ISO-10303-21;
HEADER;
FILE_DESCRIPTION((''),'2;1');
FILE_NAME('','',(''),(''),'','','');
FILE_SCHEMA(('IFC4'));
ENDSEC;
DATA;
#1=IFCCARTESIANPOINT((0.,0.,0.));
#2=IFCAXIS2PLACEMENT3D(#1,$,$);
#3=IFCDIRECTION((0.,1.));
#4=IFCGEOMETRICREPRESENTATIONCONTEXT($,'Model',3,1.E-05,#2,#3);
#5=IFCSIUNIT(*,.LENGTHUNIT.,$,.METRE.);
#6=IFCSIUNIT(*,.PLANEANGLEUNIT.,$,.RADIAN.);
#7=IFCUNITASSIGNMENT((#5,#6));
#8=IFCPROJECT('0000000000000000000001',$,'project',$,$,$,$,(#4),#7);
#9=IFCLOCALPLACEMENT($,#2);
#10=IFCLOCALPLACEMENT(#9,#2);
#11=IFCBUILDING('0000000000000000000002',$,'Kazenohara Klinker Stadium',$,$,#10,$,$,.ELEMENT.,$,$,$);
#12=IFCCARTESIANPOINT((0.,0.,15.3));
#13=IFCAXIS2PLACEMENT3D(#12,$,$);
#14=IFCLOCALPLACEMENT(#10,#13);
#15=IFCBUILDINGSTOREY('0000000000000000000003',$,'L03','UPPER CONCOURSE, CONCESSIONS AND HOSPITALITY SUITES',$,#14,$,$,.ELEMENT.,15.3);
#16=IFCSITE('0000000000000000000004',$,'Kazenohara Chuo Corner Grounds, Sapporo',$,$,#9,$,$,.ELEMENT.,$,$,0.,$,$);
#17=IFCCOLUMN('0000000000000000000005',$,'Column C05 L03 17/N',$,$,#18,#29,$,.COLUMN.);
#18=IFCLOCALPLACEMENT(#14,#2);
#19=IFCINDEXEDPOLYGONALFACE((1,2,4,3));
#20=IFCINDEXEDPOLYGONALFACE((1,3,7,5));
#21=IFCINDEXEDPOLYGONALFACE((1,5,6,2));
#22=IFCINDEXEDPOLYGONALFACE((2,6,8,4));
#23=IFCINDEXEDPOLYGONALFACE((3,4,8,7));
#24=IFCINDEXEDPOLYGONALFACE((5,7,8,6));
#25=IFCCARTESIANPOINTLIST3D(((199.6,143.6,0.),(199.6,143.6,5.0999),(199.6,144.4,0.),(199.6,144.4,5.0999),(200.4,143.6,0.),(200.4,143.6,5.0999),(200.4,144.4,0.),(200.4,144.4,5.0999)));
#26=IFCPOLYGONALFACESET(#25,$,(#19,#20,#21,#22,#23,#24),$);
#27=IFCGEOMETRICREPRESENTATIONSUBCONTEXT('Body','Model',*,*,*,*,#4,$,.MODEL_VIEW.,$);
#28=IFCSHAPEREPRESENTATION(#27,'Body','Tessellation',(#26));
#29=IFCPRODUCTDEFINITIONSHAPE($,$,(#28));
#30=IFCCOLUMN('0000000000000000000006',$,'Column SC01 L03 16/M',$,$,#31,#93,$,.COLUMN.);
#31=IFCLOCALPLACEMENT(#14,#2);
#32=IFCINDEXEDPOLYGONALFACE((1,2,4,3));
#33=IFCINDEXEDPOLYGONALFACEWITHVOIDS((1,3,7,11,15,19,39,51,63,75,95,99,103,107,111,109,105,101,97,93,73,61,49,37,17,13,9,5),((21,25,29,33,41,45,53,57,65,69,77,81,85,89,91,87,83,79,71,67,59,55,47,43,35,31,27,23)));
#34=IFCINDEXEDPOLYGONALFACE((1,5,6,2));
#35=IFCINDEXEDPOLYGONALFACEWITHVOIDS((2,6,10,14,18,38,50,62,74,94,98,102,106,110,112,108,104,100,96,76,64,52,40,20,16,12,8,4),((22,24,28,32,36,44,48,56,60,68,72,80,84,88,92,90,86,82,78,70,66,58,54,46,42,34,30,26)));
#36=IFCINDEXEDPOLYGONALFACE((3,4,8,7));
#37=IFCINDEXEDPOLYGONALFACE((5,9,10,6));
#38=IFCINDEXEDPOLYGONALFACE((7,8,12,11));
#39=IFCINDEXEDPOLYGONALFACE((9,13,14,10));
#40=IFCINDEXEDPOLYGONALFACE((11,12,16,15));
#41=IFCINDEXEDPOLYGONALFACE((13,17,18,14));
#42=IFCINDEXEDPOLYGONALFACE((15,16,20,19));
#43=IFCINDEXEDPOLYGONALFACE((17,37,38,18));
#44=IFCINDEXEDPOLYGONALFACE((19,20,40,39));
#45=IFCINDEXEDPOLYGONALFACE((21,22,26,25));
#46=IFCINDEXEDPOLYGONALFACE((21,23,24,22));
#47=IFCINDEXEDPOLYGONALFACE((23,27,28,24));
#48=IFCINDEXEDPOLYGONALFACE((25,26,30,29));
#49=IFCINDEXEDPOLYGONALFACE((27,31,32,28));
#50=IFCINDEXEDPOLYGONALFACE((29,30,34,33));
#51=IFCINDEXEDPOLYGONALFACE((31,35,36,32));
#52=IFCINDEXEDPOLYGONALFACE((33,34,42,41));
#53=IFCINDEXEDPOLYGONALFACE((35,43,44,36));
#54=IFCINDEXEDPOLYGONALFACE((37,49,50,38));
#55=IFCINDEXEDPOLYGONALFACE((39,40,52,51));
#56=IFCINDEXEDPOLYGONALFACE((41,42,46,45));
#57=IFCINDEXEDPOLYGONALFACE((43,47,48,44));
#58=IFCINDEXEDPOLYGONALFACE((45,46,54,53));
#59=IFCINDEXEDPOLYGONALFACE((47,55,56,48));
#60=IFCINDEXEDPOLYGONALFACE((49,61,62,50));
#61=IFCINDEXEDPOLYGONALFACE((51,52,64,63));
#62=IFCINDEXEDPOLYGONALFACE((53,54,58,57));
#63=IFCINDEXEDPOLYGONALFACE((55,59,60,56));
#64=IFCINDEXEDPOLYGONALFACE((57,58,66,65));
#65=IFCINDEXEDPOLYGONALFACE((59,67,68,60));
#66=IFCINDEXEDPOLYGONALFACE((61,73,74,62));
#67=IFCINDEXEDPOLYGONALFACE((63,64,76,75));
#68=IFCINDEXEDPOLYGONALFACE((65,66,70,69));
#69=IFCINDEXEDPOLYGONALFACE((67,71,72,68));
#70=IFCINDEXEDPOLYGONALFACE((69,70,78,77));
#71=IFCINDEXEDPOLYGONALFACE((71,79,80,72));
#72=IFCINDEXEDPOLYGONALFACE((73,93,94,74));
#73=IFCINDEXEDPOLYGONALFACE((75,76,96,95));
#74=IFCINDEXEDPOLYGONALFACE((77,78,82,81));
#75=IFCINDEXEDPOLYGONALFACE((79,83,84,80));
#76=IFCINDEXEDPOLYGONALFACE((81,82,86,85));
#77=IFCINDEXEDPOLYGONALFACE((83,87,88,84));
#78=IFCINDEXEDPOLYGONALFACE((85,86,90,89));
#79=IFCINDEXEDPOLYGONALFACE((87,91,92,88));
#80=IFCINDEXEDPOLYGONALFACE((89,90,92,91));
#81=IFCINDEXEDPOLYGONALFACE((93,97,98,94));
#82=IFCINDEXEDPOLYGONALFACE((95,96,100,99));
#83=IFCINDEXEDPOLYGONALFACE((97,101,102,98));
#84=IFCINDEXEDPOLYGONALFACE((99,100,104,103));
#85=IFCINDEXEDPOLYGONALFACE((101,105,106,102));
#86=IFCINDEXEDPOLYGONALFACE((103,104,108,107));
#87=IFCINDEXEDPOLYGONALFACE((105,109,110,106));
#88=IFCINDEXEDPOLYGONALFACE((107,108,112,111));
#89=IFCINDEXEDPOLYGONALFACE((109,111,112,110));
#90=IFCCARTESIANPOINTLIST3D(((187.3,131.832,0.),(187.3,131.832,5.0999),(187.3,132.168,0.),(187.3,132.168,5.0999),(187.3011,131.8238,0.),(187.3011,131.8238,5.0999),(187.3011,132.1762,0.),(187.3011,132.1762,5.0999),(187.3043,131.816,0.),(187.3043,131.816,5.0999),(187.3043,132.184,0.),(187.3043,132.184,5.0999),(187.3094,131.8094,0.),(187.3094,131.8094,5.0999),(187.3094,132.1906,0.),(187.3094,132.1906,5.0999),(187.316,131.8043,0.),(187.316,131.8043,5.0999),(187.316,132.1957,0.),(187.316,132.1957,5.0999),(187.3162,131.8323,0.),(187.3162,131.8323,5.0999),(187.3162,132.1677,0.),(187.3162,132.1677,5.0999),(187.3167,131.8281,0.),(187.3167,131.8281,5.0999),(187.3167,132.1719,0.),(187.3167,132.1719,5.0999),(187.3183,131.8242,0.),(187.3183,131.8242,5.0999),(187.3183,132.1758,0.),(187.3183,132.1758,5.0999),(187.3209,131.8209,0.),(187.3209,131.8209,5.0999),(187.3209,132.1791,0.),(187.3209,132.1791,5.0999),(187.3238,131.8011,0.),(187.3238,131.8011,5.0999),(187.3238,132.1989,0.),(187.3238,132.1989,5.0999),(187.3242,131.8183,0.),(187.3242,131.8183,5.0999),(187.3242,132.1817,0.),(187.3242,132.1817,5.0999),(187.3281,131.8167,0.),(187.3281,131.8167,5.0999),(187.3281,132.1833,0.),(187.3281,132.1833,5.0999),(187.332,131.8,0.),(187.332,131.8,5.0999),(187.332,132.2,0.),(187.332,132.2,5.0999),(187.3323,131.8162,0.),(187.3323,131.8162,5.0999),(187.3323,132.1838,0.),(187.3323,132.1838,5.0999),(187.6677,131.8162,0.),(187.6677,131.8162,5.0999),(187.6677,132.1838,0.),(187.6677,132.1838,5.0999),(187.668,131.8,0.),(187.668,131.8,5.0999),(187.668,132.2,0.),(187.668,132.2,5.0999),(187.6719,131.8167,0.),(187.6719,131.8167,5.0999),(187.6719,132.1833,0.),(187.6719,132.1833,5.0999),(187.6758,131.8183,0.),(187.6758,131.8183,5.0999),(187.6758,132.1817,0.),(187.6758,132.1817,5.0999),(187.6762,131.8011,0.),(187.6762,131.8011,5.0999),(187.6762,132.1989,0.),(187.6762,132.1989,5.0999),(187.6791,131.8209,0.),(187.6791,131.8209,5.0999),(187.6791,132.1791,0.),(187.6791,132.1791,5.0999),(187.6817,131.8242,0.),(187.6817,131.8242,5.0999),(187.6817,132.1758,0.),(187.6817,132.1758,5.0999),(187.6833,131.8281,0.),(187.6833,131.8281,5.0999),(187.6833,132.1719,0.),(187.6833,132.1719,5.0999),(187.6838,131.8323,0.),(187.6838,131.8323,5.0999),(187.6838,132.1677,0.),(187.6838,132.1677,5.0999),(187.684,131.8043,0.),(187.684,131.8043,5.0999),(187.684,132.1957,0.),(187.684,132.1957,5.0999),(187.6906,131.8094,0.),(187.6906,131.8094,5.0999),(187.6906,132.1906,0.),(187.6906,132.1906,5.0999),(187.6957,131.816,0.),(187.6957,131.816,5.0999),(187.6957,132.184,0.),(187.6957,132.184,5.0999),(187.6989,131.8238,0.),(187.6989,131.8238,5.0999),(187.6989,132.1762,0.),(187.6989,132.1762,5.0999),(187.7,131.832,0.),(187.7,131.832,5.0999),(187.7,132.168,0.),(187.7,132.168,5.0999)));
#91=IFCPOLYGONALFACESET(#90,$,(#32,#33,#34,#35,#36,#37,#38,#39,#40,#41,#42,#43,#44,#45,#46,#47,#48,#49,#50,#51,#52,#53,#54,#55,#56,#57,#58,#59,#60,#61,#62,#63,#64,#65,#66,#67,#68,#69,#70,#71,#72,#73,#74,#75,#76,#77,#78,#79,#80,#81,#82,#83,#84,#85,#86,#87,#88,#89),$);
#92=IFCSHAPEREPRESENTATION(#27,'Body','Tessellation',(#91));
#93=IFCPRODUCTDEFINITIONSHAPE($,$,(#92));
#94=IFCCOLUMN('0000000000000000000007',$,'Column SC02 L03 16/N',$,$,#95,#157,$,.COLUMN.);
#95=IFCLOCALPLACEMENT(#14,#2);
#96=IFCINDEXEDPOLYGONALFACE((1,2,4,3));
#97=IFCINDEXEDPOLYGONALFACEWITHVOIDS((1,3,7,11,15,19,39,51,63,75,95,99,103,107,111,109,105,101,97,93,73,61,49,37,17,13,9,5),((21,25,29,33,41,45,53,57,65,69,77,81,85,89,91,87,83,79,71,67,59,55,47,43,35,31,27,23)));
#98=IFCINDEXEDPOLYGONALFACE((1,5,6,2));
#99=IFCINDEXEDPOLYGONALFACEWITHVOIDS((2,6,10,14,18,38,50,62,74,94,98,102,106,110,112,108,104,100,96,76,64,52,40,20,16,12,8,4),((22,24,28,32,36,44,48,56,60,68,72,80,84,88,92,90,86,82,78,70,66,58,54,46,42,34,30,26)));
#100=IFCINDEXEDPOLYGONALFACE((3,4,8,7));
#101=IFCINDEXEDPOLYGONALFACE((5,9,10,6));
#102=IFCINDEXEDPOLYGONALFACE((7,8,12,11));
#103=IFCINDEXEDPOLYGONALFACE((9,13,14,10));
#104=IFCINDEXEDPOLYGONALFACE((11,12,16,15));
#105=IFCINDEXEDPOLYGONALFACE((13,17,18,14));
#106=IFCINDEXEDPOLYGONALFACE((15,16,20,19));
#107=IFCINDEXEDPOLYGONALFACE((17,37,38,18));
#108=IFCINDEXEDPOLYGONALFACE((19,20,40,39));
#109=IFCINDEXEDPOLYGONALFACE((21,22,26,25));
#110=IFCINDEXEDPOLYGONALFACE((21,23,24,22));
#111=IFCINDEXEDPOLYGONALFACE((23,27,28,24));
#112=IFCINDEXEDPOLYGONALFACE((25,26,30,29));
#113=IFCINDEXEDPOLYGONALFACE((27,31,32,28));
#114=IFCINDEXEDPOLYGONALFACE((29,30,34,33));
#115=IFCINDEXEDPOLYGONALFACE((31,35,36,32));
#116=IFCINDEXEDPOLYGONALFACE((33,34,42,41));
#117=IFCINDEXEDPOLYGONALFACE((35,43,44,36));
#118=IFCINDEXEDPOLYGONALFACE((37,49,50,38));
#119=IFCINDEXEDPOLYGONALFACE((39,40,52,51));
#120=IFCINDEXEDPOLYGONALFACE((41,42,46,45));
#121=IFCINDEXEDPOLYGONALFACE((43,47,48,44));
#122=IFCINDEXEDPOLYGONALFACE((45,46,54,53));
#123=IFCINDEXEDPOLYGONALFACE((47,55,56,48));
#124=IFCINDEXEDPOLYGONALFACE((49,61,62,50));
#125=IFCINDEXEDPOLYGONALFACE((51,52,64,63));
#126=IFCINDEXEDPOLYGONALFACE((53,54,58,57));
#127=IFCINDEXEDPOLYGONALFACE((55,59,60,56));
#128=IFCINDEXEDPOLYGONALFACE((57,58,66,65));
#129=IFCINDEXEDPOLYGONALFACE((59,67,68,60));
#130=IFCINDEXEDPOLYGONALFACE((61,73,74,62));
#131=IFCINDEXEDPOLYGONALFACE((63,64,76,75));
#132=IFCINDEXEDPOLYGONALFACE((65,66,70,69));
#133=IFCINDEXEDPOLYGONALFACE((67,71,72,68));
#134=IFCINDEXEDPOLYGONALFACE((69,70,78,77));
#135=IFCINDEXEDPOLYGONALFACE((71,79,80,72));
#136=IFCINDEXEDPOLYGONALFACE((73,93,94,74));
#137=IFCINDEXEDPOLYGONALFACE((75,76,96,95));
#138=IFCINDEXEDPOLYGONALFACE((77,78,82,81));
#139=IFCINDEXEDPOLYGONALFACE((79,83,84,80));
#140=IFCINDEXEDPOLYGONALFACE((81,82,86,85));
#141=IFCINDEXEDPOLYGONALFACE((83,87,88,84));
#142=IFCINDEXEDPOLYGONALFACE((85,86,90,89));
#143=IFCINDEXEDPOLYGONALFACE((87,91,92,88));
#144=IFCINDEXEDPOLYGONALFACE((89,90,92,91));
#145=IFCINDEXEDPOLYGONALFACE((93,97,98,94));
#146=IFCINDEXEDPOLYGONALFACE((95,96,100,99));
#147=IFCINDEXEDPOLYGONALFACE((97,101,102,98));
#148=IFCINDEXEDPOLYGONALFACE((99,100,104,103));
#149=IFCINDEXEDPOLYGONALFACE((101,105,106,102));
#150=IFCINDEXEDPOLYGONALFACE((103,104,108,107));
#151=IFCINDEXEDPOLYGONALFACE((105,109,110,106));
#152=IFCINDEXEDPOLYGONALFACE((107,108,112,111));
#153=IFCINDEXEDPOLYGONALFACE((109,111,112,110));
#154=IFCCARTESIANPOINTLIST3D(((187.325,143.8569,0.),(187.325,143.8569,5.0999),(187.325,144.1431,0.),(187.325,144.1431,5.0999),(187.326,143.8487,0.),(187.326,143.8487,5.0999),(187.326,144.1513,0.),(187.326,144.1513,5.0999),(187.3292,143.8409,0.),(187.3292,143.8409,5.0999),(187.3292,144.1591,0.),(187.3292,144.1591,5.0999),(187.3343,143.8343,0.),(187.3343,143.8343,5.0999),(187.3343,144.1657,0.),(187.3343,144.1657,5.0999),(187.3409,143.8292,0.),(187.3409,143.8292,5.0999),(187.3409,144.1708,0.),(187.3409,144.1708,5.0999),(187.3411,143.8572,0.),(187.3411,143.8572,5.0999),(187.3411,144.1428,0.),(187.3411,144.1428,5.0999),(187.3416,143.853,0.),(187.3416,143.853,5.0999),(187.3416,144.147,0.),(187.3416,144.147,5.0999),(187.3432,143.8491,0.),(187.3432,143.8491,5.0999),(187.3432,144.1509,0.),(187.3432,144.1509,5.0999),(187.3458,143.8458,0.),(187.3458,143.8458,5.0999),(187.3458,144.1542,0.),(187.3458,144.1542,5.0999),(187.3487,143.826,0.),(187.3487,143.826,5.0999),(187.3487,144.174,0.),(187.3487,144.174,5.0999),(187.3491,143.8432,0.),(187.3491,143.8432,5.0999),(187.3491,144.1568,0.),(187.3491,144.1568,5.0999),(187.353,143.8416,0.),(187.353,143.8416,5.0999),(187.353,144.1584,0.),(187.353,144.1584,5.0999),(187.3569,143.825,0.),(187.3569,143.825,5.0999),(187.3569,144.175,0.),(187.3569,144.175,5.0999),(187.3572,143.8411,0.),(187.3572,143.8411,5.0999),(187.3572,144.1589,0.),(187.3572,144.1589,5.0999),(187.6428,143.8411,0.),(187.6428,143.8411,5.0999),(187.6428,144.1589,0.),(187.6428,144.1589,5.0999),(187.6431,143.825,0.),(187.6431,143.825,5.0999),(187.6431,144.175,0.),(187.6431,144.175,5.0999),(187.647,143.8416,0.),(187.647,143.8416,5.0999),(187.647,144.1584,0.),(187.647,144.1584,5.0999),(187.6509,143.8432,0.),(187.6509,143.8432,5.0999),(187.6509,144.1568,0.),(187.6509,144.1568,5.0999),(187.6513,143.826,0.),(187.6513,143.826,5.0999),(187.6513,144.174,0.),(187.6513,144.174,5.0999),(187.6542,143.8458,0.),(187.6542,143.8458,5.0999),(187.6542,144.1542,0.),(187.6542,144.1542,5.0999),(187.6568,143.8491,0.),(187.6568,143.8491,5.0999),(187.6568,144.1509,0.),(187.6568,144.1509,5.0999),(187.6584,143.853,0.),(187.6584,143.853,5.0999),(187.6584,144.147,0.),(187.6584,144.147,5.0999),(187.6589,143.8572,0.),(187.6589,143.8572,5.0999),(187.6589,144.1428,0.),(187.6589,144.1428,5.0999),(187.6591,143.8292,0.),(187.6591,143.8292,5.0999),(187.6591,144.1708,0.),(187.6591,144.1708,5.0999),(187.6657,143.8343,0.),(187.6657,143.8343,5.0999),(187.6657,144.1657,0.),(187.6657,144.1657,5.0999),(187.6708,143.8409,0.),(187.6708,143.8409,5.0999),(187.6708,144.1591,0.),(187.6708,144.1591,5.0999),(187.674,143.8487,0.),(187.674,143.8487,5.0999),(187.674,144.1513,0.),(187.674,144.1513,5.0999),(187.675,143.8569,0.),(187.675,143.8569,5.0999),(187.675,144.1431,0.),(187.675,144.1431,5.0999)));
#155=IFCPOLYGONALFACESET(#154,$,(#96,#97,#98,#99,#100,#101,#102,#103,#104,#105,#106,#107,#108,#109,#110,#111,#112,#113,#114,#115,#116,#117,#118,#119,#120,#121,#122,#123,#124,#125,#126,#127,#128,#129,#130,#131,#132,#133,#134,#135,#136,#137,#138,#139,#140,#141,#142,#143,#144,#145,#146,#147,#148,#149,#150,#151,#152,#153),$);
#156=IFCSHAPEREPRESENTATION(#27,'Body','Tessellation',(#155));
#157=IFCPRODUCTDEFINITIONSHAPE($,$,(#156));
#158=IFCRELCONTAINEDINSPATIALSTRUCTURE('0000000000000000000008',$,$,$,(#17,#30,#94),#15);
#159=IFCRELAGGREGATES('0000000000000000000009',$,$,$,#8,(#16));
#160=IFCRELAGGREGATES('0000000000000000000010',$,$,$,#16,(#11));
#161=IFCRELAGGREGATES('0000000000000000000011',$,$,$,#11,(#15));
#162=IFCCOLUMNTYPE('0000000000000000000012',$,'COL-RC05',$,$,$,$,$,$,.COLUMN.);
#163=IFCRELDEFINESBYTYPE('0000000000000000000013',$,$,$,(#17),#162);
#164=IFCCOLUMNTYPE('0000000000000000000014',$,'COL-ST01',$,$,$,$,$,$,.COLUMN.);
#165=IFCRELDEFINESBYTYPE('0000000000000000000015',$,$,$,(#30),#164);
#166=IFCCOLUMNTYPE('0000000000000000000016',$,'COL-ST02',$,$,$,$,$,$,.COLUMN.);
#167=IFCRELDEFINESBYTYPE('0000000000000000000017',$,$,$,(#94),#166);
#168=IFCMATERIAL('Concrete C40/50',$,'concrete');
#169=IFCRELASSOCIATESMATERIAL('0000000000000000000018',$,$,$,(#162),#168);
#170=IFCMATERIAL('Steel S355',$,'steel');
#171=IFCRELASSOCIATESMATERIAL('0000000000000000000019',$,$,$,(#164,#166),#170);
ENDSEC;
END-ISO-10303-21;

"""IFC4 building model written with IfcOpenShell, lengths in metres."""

from ifc_helpers import new_model, si_unit, direction, frame, origin, origin_2d, place, context, subcontext, project, spatial, rectangle, hollow_rectangle, extrude, material, material_profile, profile_set, type_object, element, save


model = new_model("IFC4")

# Units and contexts
model_context = context("Model", 3, precision=1e-05, world=origin(), true_north=direction((0.0, 1.0)))
body_context = subcontext(model_context, "Body", "Model", "MODEL_VIEW")
ifc_project = project(units=[si_unit("LENGTHUNIT", "METRE"), si_unit("PLANEANGLEUNIT", "RADIAN")], contexts=[model_context])

# Site, building, storey
site_placement = place(None, origin())
site = spatial("IfcSite", under=ifc_project, at=site_placement, Name="Kazenohara Chuo Corner Grounds, Sapporo", CompositionType="ELEMENT", RefElevation=0.0)
building_placement = place(site_placement, origin())
building = spatial("IfcBuilding", under=site, at=building_placement, Name="Kazenohara Klinker Stadium", CompositionType="ELEMENT")
storey_placement = place(building_placement, frame((0.0, 0.0, 15.3)))
storey = spatial("IfcBuildingStorey", under=building, at=storey_placement, Name="L03", Description="UPPER CONCOURSE, CONCESSIONS AND HOSPITALITY SUITES", CompositionType="ELEMENT", Elevation=15.3)

# Columns
ifc_material_1 = material(Name="Concrete C40/50", Category="concrete")
ifc_material_profile_1 = material_profile(ifc_material_1, rectangle(XDim=0.8, YDim=0.8, at=origin_2d()), Name="RC-COL-800x800")
ifc_profile_set_1 = profile_set([ifc_material_profile_1], Name="Concrete C40/50")
column_type_1 = type_object("IfcColumnType", Name="COL-RC05", PredefinedType="COLUMN", material=ifc_profile_set_1)
column_1_placement = place(storey_placement, frame((200.0, 144.0, 0.0), z_axis=(0.0, 0.0, 1.0), x_axis=(1.0, 0.0, 0.0)))
element("IfcColumn", 1, at=column_1_placement, inside=storey, type_object=column_type_1, Name="Column C05 L03 17/N", PredefinedType="COLUMN", context=body_context, shape_type="SweptSolid", body=[
    extrude(rectangle(XDim=0.8, YDim=0.8, at=origin_2d()), origin(), (0.0, 0.0, 1.0), 5.0999),
])
ifc_material_2 = material(Name="Steel S355", Category="steel")
ifc_material_profile_2 = material_profile(ifc_material_2, hollow_rectangle(XDim=0.3999, YDim=0.3999, WallThickness=0.0161, InnerFilletRadius=0.0161, OuterFilletRadius=0.032, at=origin_2d()), Name="SHS-400x400x16")
ifc_profile_set_2 = profile_set([ifc_material_profile_2], Name="Steel S355")
column_type_2 = type_object("IfcColumnType", Name="COL-ST01", PredefinedType="COLUMN", material=ifc_profile_set_2)
column_2_placement = place(storey_placement, frame((187.5, 132.0, 0.0), z_axis=(0.0, 0.0, 1.0), x_axis=(1.0, 0.0, 0.0)))
element("IfcColumn", 2, at=column_2_placement, inside=storey, type_object=column_type_2, Name="Column SC01 L03 16/M", PredefinedType="COLUMN", context=body_context, shape_type="SweptSolid", body=[
    extrude(hollow_rectangle(XDim=0.3999, YDim=0.3999, WallThickness=0.0161, InnerFilletRadius=0.0161, OuterFilletRadius=0.032, at=origin_2d()), origin(), (0.0, 0.0, 1.0), 5.0999),
])
ifc_material_profile_3 = material_profile(ifc_material_2, hollow_rectangle(XDim=0.3501, YDim=0.3501, WallThickness=0.0161, InnerFilletRadius=0.0161, OuterFilletRadius=0.032, at=origin_2d()), Name="SHS-350x350x16")
ifc_profile_set_3 = profile_set([ifc_material_profile_3], Name="Steel S355")
column_type_3 = type_object("IfcColumnType", Name="COL-ST02", PredefinedType="COLUMN", material=ifc_profile_set_3)
for number, where, z_axis, x_axis, name in (
    (3, (187.5, 144.0, 0.0), (0.0, 0.0, 1.0), (1.0, 0.0, 0.0), "Column SC02 L03 16/N"),
):
    element("IfcColumn", number, at=place(storey_placement, frame(where, z_axis=z_axis, x_axis=x_axis)), inside=storey, type_object=column_type_3, Name=name, PredefinedType="COLUMN", context=body_context, shape_type="SweptSolid", body=[
        extrude(hollow_rectangle(XDim=0.3501, YDim=0.3501, WallThickness=0.0161, InnerFilletRadius=0.0161, OuterFilletRadius=0.032, at=origin_2d()), origin(), (0.0, 0.0, 1.0), 5.0999),
    ])

save(model, "model.ifc")
